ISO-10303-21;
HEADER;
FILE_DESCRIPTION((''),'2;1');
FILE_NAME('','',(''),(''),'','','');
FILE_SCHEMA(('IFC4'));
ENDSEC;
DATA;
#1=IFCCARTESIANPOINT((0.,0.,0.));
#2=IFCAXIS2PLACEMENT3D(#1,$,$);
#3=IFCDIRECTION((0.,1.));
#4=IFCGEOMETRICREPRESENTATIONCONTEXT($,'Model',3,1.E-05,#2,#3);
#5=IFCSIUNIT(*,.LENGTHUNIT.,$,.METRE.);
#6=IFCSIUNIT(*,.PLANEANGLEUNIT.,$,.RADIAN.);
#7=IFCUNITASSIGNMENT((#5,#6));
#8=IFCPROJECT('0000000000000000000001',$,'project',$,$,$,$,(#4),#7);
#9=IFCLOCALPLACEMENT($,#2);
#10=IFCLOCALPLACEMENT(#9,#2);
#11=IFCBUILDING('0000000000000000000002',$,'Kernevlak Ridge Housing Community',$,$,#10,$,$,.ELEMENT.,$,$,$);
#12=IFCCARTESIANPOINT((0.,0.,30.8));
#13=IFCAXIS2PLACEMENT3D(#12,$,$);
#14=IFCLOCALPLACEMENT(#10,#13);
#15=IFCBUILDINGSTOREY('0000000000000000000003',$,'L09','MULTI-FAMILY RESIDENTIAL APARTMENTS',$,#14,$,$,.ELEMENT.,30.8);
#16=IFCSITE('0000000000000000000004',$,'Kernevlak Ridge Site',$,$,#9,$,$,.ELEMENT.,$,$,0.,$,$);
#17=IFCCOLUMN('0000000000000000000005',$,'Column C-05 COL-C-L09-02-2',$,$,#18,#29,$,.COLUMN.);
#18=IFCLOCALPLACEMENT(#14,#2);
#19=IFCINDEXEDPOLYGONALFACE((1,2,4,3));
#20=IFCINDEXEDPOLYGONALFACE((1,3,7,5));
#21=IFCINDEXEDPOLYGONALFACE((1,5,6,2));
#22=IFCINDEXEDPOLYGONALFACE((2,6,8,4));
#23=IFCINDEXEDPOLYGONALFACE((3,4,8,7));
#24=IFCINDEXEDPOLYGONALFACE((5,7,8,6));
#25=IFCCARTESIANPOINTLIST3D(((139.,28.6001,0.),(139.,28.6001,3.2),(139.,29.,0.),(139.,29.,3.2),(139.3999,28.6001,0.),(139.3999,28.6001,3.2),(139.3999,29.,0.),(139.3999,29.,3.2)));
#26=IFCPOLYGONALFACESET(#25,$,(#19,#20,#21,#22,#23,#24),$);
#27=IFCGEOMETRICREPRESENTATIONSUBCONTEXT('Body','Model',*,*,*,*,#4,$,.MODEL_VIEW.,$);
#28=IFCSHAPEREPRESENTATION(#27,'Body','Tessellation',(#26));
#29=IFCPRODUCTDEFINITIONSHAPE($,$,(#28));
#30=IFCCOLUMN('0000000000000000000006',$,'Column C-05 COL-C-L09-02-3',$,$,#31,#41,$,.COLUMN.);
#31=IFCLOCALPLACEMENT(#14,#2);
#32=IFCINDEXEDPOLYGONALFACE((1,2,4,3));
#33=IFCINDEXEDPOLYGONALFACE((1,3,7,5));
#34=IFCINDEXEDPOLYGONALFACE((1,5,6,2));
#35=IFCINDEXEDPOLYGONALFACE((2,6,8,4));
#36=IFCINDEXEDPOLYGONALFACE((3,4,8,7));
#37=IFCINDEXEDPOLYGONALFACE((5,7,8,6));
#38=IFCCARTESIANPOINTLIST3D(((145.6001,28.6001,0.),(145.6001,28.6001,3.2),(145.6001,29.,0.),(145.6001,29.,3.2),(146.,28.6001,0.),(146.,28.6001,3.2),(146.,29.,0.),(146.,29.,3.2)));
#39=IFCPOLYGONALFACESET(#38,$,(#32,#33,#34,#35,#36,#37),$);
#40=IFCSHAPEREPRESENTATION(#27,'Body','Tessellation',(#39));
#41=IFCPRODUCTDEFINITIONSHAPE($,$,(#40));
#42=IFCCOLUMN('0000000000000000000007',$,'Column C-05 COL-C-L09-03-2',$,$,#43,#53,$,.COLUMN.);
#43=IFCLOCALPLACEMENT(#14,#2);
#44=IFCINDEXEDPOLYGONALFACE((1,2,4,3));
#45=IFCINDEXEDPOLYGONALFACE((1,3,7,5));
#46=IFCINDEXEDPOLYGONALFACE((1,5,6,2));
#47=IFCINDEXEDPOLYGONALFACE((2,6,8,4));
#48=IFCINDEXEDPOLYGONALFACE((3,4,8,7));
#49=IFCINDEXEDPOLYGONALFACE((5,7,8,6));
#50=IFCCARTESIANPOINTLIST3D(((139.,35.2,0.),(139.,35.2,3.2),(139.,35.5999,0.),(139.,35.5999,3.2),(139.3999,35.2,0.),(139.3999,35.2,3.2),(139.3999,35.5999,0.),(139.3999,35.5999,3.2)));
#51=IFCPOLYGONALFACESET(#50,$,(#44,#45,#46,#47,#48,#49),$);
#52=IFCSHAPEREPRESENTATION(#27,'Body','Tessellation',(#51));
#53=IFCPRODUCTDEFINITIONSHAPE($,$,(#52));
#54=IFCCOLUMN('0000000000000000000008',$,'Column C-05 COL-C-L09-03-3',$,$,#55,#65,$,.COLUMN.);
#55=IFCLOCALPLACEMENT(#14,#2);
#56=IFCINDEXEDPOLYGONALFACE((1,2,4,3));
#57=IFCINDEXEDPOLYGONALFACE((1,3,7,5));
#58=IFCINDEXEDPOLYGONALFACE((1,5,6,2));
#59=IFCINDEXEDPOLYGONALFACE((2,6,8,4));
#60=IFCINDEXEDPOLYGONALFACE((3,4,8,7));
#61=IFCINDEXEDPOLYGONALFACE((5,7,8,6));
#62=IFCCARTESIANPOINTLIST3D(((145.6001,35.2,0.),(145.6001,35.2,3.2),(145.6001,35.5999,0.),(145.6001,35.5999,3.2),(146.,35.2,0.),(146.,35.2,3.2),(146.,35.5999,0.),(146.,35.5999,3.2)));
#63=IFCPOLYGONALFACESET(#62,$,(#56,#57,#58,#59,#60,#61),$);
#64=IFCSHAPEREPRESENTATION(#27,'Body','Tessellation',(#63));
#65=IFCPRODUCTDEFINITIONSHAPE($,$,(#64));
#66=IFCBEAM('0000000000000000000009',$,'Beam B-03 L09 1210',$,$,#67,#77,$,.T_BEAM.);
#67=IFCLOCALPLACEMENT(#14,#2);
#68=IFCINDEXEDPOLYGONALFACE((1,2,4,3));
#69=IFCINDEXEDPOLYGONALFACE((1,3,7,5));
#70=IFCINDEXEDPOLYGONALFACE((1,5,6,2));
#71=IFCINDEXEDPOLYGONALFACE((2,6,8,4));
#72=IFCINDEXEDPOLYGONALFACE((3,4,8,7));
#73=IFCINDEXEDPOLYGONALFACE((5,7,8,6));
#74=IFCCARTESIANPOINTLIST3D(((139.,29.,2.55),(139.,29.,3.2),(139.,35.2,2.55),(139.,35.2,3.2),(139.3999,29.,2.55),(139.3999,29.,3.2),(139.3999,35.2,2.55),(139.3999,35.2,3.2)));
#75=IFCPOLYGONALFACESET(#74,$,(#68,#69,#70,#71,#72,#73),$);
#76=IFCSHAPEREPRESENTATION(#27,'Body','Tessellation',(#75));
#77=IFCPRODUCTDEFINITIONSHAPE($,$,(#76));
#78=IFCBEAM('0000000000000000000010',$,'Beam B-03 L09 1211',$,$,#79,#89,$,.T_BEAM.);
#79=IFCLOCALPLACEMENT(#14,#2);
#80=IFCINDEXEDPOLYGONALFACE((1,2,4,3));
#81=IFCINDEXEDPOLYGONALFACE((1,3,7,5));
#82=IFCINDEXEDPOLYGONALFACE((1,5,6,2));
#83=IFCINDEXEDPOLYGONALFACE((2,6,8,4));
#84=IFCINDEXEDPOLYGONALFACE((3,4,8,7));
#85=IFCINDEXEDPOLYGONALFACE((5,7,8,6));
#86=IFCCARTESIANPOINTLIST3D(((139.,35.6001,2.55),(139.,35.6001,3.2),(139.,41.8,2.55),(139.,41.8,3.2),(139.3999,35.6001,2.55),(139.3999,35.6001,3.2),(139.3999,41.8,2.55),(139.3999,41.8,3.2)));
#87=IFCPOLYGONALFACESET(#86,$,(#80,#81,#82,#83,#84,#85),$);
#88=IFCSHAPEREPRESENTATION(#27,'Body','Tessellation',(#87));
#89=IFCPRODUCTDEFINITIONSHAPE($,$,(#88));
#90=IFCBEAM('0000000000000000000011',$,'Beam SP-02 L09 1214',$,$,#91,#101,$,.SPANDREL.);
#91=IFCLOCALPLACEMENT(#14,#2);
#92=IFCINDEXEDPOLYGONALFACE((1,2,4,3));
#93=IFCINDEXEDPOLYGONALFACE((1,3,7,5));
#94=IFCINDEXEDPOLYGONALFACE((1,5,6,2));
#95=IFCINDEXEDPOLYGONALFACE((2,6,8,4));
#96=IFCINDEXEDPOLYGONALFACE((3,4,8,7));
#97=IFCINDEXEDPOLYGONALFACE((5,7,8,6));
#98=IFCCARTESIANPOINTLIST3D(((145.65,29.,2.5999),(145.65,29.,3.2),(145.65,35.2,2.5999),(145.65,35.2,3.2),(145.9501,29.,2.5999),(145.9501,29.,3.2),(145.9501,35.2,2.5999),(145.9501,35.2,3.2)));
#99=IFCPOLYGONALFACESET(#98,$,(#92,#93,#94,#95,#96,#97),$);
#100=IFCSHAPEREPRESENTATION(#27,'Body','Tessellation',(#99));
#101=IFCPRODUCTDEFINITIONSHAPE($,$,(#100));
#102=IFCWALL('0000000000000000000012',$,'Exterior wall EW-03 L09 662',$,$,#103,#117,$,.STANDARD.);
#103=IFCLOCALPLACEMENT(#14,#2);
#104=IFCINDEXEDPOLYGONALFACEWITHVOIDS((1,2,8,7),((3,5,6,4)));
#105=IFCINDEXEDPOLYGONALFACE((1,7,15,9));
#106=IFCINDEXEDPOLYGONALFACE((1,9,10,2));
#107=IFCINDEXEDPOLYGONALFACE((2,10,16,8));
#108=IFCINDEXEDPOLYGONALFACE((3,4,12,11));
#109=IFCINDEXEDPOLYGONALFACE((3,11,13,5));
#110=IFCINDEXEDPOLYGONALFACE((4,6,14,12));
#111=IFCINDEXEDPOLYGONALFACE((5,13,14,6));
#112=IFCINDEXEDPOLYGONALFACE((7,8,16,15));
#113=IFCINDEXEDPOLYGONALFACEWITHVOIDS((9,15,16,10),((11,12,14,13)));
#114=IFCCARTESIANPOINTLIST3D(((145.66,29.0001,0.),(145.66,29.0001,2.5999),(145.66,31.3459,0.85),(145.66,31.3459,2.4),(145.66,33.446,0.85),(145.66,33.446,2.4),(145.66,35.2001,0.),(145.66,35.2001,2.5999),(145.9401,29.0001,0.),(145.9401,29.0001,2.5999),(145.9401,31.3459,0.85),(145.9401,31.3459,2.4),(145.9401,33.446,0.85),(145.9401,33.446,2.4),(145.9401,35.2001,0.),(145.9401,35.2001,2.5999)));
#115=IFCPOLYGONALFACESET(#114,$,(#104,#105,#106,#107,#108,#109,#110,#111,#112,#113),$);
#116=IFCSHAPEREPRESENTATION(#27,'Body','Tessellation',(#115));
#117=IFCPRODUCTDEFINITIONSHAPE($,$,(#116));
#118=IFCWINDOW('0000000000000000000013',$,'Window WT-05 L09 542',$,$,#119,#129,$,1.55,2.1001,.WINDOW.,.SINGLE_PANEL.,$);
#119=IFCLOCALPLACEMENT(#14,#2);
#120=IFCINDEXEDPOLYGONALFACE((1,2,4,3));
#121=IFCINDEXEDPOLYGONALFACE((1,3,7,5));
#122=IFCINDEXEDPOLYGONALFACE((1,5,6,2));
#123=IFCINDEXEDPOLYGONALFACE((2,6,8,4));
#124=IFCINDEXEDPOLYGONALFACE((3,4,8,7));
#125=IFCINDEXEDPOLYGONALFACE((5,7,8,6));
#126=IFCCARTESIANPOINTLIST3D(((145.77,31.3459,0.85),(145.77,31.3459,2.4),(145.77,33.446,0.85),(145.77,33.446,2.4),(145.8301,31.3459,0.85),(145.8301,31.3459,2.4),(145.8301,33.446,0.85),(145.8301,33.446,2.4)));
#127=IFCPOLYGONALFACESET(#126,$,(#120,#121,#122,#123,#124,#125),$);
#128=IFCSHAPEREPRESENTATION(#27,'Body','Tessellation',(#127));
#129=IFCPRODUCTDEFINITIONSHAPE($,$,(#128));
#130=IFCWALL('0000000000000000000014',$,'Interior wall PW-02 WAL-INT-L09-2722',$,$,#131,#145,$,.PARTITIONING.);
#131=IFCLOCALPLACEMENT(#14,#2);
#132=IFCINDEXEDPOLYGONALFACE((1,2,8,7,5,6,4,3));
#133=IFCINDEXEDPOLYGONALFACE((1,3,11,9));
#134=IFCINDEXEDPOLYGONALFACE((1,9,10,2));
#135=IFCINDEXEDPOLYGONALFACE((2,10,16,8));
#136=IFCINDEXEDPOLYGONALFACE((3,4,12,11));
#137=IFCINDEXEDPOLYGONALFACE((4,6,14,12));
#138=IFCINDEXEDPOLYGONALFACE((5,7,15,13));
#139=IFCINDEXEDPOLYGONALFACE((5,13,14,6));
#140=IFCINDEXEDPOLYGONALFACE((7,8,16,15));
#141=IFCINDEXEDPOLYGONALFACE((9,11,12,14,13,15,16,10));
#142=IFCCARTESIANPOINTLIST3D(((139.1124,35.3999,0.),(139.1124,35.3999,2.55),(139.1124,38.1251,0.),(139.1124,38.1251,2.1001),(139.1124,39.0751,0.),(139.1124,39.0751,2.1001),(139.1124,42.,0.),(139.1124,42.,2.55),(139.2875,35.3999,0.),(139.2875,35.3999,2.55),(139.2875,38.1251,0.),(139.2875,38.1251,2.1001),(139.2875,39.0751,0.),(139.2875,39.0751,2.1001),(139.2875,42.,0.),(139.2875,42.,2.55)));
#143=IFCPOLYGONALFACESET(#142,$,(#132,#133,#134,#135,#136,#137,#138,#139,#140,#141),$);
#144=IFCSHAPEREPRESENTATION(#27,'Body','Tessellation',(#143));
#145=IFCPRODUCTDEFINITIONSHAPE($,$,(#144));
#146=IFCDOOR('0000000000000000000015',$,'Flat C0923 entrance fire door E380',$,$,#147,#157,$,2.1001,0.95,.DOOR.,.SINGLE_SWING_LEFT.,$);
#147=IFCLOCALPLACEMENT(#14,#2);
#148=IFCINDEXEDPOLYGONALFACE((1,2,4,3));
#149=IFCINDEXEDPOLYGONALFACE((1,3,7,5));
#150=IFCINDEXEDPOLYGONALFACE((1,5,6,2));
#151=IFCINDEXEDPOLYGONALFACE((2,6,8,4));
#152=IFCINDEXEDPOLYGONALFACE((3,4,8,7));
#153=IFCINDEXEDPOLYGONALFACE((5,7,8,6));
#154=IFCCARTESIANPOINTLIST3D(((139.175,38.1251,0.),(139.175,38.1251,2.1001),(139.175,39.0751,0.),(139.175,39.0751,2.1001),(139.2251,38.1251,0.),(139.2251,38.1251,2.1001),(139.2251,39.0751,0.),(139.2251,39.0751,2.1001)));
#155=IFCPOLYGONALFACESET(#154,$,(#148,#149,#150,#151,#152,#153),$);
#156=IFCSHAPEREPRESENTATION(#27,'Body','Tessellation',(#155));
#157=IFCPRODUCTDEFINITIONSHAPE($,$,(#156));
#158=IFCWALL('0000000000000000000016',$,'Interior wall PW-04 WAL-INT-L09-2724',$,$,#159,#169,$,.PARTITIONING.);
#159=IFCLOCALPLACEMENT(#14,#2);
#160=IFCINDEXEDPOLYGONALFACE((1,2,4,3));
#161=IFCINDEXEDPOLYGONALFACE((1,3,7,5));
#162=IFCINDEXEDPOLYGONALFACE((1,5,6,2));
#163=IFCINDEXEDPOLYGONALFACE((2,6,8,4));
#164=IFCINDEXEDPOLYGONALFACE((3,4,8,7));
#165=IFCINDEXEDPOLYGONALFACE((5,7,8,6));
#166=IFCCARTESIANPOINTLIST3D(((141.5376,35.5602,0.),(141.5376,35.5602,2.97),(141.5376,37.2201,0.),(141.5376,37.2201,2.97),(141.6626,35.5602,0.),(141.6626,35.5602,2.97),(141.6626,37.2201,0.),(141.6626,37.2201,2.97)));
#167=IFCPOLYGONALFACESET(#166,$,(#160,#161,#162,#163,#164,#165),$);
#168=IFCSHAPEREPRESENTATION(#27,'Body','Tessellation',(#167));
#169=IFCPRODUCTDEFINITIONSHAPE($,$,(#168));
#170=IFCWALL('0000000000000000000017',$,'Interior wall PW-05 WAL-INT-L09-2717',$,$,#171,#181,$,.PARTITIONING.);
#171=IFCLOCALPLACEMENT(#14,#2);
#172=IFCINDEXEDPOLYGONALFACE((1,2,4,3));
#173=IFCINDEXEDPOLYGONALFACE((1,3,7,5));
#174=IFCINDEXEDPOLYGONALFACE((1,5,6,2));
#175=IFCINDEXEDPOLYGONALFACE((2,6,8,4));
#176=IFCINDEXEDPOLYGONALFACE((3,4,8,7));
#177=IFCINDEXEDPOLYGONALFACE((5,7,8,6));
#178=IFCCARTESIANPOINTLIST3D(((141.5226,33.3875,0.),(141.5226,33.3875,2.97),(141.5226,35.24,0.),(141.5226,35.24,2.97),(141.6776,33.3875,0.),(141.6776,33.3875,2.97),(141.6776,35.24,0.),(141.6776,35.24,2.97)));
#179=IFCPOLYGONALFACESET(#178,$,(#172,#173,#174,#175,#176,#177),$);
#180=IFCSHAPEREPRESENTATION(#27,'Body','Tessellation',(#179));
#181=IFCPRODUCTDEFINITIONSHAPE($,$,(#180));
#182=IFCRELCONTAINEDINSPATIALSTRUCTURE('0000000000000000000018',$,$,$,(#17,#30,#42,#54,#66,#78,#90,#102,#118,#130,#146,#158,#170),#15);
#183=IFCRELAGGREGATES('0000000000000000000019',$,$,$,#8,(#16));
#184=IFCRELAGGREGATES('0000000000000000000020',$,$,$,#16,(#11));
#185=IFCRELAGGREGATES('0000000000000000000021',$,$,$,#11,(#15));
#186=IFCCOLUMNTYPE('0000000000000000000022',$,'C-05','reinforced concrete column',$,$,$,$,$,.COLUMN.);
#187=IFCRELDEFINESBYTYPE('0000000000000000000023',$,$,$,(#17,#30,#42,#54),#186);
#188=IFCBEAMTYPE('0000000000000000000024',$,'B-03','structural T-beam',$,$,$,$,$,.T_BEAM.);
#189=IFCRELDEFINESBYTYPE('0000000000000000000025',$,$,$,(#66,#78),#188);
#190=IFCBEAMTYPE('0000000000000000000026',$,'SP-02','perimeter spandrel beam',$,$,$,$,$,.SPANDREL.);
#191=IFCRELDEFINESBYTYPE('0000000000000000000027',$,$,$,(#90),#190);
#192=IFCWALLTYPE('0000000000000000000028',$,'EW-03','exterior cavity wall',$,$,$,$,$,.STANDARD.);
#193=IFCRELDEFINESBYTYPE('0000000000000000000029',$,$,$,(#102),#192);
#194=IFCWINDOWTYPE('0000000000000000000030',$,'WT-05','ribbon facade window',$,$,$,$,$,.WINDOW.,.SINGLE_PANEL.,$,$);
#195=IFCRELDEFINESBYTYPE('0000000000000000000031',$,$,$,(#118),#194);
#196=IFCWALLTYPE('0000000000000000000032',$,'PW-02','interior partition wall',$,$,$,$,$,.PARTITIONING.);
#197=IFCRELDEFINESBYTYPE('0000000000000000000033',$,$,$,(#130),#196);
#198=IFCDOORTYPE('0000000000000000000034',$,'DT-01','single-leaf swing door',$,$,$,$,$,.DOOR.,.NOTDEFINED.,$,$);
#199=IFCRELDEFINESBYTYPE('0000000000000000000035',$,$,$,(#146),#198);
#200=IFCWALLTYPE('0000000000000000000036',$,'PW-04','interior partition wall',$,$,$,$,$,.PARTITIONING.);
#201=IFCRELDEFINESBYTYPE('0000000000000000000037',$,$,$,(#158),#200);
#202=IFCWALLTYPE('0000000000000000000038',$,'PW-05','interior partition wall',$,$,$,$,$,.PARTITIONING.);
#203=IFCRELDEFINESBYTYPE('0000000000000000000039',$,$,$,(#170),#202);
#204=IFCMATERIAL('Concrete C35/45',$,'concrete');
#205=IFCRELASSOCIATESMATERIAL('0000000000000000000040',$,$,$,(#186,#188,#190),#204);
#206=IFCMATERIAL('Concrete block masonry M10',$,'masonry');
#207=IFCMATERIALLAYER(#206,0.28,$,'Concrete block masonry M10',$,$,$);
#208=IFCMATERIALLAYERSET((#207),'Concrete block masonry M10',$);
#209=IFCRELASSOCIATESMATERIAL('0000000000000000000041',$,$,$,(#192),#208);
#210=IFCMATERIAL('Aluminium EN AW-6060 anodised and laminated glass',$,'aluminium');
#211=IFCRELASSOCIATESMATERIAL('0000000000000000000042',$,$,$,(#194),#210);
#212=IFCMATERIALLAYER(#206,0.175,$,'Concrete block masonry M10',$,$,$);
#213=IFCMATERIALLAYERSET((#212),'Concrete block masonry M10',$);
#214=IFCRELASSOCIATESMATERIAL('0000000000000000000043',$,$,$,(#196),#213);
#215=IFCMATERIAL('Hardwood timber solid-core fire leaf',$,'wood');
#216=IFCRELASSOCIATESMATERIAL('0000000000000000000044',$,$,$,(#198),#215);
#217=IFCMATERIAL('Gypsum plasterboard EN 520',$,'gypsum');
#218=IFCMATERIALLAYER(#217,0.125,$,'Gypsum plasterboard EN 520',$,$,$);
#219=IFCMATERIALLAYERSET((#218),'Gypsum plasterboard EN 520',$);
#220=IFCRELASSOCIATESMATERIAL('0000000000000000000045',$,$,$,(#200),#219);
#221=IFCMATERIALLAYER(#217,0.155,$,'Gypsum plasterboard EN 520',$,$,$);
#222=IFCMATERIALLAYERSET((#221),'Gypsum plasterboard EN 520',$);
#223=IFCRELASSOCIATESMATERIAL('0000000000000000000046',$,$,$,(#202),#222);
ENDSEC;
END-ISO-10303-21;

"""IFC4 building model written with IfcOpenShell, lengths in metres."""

from ifc_helpers import new_model, si_unit, direction, frame, frame_2d, origin, origin_2d, place, context, subcontext, project, spatial, rectangle, extrude, material, layer, layer_set, material_profile, profile_set, type_object, element, fill, save


model = new_model("IFC4")

# Units and contexts
model_context = context("Model", 3, precision=1e-05, world=origin(), true_north=direction((0.0, 1.0)))
body_context = subcontext(model_context, "Body", "Model", "MODEL_VIEW")
ifc_project = project(units=[si_unit("LENGTHUNIT", "METRE"), si_unit("PLANEANGLEUNIT", "RADIAN")], contexts=[model_context])

# Site, building, storey
site_placement = place(None, origin())
site = spatial("IfcSite", under=ifc_project, at=site_placement, Name="Kernevlak Ridge Site", CompositionType="ELEMENT", RefElevation=0.0)
building_placement = place(site_placement, origin())
building = spatial("IfcBuilding", under=site, at=building_placement, Name="Kernevlak Ridge Housing Community", CompositionType="ELEMENT")
storey_placement = place(building_placement, frame((0.0, 0.0, 30.8)))
storey = spatial("IfcBuildingStorey", under=building, at=storey_placement, Name="L09", Description="MULTI-FAMILY RESIDENTIAL APARTMENTS", CompositionType="ELEMENT", Elevation=30.8)

# Columns
ifc_material_1 = material(Name="Concrete C35/45", Category="concrete")
ifc_material_profile_1 = material_profile(ifc_material_1, rectangle(XDim=0.3999, YDim=0.3999, at=origin_2d()), Name="RC 400x400")
ifc_profile_set_1 = profile_set([ifc_material_profile_1], Name="Concrete C35/45")
column_type = type_object("IfcColumnType", Name="C-05", Description="reinforced concrete column", PredefinedType="COLUMN", material=ifc_profile_set_1)
for number, where, z_axis, x_axis, name in (
    (1, (139.2, 28.8, 0.0), (0.0, 0.0, 1.0), (1.0, 0.0, 0.0), "Column C-05 COL-C-L09-02-2"),
    (2, (145.8, 28.8, 0.0), (0.0, 0.0, 1.0), (1.0, 0.0, 0.0), "Column C-05 COL-C-L09-02-3"),
    (3, (139.2, 35.3999, 0.0), (0.0, 0.0, 1.0), (1.0, 0.0, 0.0), "Column C-05 COL-C-L09-03-2"),
    (4, (145.8, 35.3999, 0.0), (0.0, 0.0, 1.0), (1.0, 0.0, 0.0), "Column C-05 COL-C-L09-03-3"),
):
    element("IfcColumn", number, at=place(storey_placement, frame(where, z_axis=z_axis, x_axis=x_axis)), inside=storey, type_object=column_type, Name=name, PredefinedType="COLUMN", context=body_context, shape_type="SweptSolid", body=[
        extrude(rectangle(XDim=0.3999, YDim=0.3999, at=origin_2d()), origin(), (0.0, 0.0, 1.0), 3.2),
    ])

# Beams
ifc_material_profile_2 = material_profile(ifc_material_1, rectangle(XDim=0.3999, YDim=0.6499, at=origin_2d()), Name="RC 400x650")
ifc_profile_set_2 = profile_set([ifc_material_profile_2], Name="Concrete C35/45")
beam_type_1 = type_object("IfcBeamType", Name="B-03", Description="structural T-beam", PredefinedType="T_BEAM", material=ifc_profile_set_2)
for number, where, z_axis, x_axis, name in (
    (5, (139.2, 29.0, 2.875), (0.0, 1.0, 0.0), (-1.0, 0.0, 0.0), "Beam B-03 L09 1210"),
    (6, (139.2, 35.6001, 2.875), (0.0, 1.0, 0.0), (-1.0, 0.0, 0.0), "Beam B-03 L09 1211"),
):
    element("IfcBeam", number, at=place(storey_placement, frame(where, z_axis=z_axis, x_axis=x_axis)), inside=storey, type_object=beam_type_1, Name=name, PredefinedType="T_BEAM", context=body_context, shape_type="SweptSolid", body=[
        extrude(rectangle(XDim=0.3999, YDim=0.6499, at=origin_2d()), origin(), (0.0, 0.0, 1.0), 6.2),
    ])
ifc_material_profile_3 = material_profile(ifc_material_1, rectangle(XDim=0.3, YDim=0.6001, at=origin_2d()), Name="RC 300x600")
ifc_profile_set_3 = profile_set([ifc_material_profile_3], Name="Concrete C35/45")
beam_type_2 = type_object("IfcBeamType", Name="SP-02", Description="perimeter spandrel beam", PredefinedType="SPANDREL", material=ifc_profile_set_3)
beam_placement = place(storey_placement, frame((145.8, 29.0, 2.8999), z_axis=(0.0, 1.0, 0.0), x_axis=(-1.0, 0.0, 0.0)))
element("IfcBeam", 7, at=beam_placement, inside=storey, type_object=beam_type_2, Name="Beam SP-02 L09 1214", PredefinedType="SPANDREL", context=body_context, shape_type="SweptSolid", body=[
    extrude(rectangle(XDim=0.3, YDim=0.6001, at=origin_2d()), origin(), (0.0, 0.0, 1.0), 6.2),
])

# Wall, opening, window
ifc_material_2 = material(Name="Concrete block masonry M10", Category="masonry")
ifc_layer_1 = layer(ifc_material_2, 0.28, Name="Concrete block masonry M10")
ifc_layer_set_1 = layer_set([ifc_layer_1], Name="Concrete block masonry M10")
wall_type_1 = type_object("IfcWallType", Name="EW-03", Description="exterior cavity wall", PredefinedType="STANDARD", material=ifc_layer_set_1)
wall_1_placement = place(storey_placement, frame((145.8, 29.0, 0.0), z_axis=(0.0, 0.0, 1.0), x_axis=(0.0, 1.0, 0.0)))
wall_1 = element("IfcWall", 8, at=wall_1_placement, inside=storey, type_object=wall_type_1, Name="Exterior wall EW-03 L09 662", PredefinedType="STANDARD", context=body_context, shape_type="SweptSolid", body=[
    extrude(rectangle(XDim=6.2, YDim=0.28, at=frame_2d((3.1001, 0.0))), origin(), (0.0, 0.0, 1.0), 2.5999),
])
opening_1_placement = place(wall_1_placement, frame((2.3459, 0.0, 0.8501)))
opening_1 = element("IfcOpeningElement", 9, at=opening_1_placement, cuts=wall_1, PredefinedType="OPENING", context=body_context, shape_type="SweptSolid", body=[
    extrude(rectangle(XDim=2.1001, YDim=1.55, at=frame_2d((1.05, 0.7749))), frame((0.0, 0.1499, 0.0), z_axis=(0.0, -1.0, 0.0), x_axis=(1.0, 0.0, 0.0)), (0.0, 0.0, 1.0), 0.3),
])
ifc_material_3 = material(Name="Aluminium EN AW-6060 anodised and laminated glass", Category="aluminium")
window_type = type_object("IfcWindowType", Name="WT-05", Description="ribbon facade window", PartitioningType="SINGLE_PANEL", PredefinedType="WINDOW", material=ifc_material_3)
window_placement = place(opening_1_placement, origin())
window = element("IfcWindow", 10, at=window_placement, inside=storey, type_object=window_type, Name="Window WT-05 L09 542", OverallHeight=1.55, OverallWidth=2.1001, PartitioningType="SINGLE_PANEL", PredefinedType="WINDOW", context=body_context, shape_type="SweptSolid", body=[
    extrude(rectangle(XDim=2.1001, YDim=1.55, at=frame_2d((1.05, 0.7749))), frame((0.0, 0.03, 0.0), z_axis=(0.0, -1.0, 0.0), x_axis=(1.0, 0.0, 0.0)), (0.0, 0.0, 1.0), 0.0601),
])
fill(opening_1, window)

# Wall, opening, door
ifc_layer_2 = layer(ifc_material_2, 0.175, Name="Concrete block masonry M10")
ifc_layer_set_2 = layer_set([ifc_layer_2], Name="Concrete block masonry M10")
wall_type_2 = type_object("IfcWallType", Name="PW-02", Description="interior partition wall", PredefinedType="PARTITIONING", material=ifc_layer_set_2)
wall_2_placement = place(storey_placement, frame((139.2, 35.3999, 0.0), z_axis=(0.0, 0.0, 1.0), x_axis=(0.0, 1.0, 0.0)))
wall_2 = element("IfcWall", 11, at=wall_2_placement, inside=storey, type_object=wall_type_2, Name="Interior wall PW-02 WAL-INT-L09-2722", PredefinedType="PARTITIONING", context=body_context, shape_type="SweptSolid", body=[
    extrude(rectangle(XDim=6.6001, YDim=0.175, at=frame_2d((3.3, 0.0))), origin(), (0.0, 0.0, 1.0), 2.55),
])
opening_2_placement = place(wall_2_placement, frame((2.7251, 0.0, 0.0)))
opening_2 = element("IfcOpeningElement", 12, at=opening_2_placement, cuts=wall_2, PredefinedType="OPENING", context=body_context, shape_type="SweptSolid", body=[
    extrude(rectangle(XDim=0.95, YDim=2.1001, at=frame_2d((0.4751, 1.05))), frame((0.0, 0.0974, 0.0), z_axis=(0.0, -1.0, 0.0), x_axis=(1.0, 0.0, 0.0)), (0.0, 0.0, 1.0), 0.1951),
])
ifc_material_4 = material(Name="Hardwood timber solid-core fire leaf", Category="wood")
door_type_1 = type_object("IfcDoorType", Name="DT-01", Description="single-leaf swing door", OperationType="NOTDEFINED", PredefinedType="DOOR", material=ifc_material_4)
door_1_placement = place(opening_2_placement, origin())
door_1 = element("IfcDoor", 13, at=door_1_placement, inside=storey, type_object=door_type_1, Name="Flat C0923 entrance fire door E380", OperationType="SINGLE_SWING_LEFT", OverallHeight=2.1001, OverallWidth=0.95, PredefinedType="DOOR", context=body_context, shape_type="SweptSolid", body=[
    extrude(rectangle(XDim=0.95, YDim=2.1001, at=frame_2d((0.4751, 1.05))), frame((0.0, 0.0249, 0.0), z_axis=(0.0, -1.0, 0.0), x_axis=(1.0, 0.0, 0.0)), (0.0, 0.0, 1.0), 0.05),
])
fill(opening_2, door_1)

# Wall
ifc_material_5 = material(Name="Gypsum plasterboard EN 520", Category="gypsum")
ifc_layer_3 = layer(ifc_material_5, 0.125, Name="Gypsum plasterboard EN 520")
ifc_layer_set_3 = layer_set([ifc_layer_3], Name="Gypsum plasterboard EN 520")
wall_type_3 = type_object("IfcWallType", Name="PW-04", Description="interior partition wall", PredefinedType="PARTITIONING", material=ifc_layer_set_3)
wall_3_placement = place(storey_placement, frame((141.6001, 35.5601, 0.0), z_axis=(0.0, 0.0, 1.0), x_axis=(0.0, 1.0, 0.0)))
element("IfcWall", 14, at=wall_3_placement, inside=storey, type_object=wall_type_3, Name="Interior wall PW-04 WAL-INT-L09-2724", PredefinedType="PARTITIONING", context=body_context, shape_type="SweptSolid", body=[
    extrude(rectangle(XDim=1.6599, YDim=0.125, at=frame_2d((0.8301, 0.0))), origin(), (0.0, 0.0, 1.0), 2.97),
])

# Shared definitions
ifc_layer_4 = layer(ifc_material_5, 0.155, Name="Gypsum plasterboard EN 520")
ifc_layer_set_4 = layer_set([ifc_layer_4], Name="Gypsum plasterboard EN 520")
wall_type_4 = type_object("IfcWallType", Name="PW-05", Description="interior partition wall", PredefinedType="PARTITIONING", material=ifc_layer_set_4)

# Wall
wall_4_placement = place(storey_placement, frame((141.6001, 33.3875, 0.0), z_axis=(0.0, 0.0, 1.0), x_axis=(0.0, 1.0, 0.0)))
element("IfcWall", 15, at=wall_4_placement, inside=storey, type_object=wall_type_4, Name="Interior wall PW-05 WAL-INT-L09-2717", PredefinedType="PARTITIONING", context=body_context, shape_type="SweptSolid", body=[
    extrude(rectangle(XDim=1.8525, YDim=0.155, at=frame_2d((0.9263, 0.0))), origin(), (0.0, 0.0, 1.0), 2.97),
])

save(model, "model.ifc")
